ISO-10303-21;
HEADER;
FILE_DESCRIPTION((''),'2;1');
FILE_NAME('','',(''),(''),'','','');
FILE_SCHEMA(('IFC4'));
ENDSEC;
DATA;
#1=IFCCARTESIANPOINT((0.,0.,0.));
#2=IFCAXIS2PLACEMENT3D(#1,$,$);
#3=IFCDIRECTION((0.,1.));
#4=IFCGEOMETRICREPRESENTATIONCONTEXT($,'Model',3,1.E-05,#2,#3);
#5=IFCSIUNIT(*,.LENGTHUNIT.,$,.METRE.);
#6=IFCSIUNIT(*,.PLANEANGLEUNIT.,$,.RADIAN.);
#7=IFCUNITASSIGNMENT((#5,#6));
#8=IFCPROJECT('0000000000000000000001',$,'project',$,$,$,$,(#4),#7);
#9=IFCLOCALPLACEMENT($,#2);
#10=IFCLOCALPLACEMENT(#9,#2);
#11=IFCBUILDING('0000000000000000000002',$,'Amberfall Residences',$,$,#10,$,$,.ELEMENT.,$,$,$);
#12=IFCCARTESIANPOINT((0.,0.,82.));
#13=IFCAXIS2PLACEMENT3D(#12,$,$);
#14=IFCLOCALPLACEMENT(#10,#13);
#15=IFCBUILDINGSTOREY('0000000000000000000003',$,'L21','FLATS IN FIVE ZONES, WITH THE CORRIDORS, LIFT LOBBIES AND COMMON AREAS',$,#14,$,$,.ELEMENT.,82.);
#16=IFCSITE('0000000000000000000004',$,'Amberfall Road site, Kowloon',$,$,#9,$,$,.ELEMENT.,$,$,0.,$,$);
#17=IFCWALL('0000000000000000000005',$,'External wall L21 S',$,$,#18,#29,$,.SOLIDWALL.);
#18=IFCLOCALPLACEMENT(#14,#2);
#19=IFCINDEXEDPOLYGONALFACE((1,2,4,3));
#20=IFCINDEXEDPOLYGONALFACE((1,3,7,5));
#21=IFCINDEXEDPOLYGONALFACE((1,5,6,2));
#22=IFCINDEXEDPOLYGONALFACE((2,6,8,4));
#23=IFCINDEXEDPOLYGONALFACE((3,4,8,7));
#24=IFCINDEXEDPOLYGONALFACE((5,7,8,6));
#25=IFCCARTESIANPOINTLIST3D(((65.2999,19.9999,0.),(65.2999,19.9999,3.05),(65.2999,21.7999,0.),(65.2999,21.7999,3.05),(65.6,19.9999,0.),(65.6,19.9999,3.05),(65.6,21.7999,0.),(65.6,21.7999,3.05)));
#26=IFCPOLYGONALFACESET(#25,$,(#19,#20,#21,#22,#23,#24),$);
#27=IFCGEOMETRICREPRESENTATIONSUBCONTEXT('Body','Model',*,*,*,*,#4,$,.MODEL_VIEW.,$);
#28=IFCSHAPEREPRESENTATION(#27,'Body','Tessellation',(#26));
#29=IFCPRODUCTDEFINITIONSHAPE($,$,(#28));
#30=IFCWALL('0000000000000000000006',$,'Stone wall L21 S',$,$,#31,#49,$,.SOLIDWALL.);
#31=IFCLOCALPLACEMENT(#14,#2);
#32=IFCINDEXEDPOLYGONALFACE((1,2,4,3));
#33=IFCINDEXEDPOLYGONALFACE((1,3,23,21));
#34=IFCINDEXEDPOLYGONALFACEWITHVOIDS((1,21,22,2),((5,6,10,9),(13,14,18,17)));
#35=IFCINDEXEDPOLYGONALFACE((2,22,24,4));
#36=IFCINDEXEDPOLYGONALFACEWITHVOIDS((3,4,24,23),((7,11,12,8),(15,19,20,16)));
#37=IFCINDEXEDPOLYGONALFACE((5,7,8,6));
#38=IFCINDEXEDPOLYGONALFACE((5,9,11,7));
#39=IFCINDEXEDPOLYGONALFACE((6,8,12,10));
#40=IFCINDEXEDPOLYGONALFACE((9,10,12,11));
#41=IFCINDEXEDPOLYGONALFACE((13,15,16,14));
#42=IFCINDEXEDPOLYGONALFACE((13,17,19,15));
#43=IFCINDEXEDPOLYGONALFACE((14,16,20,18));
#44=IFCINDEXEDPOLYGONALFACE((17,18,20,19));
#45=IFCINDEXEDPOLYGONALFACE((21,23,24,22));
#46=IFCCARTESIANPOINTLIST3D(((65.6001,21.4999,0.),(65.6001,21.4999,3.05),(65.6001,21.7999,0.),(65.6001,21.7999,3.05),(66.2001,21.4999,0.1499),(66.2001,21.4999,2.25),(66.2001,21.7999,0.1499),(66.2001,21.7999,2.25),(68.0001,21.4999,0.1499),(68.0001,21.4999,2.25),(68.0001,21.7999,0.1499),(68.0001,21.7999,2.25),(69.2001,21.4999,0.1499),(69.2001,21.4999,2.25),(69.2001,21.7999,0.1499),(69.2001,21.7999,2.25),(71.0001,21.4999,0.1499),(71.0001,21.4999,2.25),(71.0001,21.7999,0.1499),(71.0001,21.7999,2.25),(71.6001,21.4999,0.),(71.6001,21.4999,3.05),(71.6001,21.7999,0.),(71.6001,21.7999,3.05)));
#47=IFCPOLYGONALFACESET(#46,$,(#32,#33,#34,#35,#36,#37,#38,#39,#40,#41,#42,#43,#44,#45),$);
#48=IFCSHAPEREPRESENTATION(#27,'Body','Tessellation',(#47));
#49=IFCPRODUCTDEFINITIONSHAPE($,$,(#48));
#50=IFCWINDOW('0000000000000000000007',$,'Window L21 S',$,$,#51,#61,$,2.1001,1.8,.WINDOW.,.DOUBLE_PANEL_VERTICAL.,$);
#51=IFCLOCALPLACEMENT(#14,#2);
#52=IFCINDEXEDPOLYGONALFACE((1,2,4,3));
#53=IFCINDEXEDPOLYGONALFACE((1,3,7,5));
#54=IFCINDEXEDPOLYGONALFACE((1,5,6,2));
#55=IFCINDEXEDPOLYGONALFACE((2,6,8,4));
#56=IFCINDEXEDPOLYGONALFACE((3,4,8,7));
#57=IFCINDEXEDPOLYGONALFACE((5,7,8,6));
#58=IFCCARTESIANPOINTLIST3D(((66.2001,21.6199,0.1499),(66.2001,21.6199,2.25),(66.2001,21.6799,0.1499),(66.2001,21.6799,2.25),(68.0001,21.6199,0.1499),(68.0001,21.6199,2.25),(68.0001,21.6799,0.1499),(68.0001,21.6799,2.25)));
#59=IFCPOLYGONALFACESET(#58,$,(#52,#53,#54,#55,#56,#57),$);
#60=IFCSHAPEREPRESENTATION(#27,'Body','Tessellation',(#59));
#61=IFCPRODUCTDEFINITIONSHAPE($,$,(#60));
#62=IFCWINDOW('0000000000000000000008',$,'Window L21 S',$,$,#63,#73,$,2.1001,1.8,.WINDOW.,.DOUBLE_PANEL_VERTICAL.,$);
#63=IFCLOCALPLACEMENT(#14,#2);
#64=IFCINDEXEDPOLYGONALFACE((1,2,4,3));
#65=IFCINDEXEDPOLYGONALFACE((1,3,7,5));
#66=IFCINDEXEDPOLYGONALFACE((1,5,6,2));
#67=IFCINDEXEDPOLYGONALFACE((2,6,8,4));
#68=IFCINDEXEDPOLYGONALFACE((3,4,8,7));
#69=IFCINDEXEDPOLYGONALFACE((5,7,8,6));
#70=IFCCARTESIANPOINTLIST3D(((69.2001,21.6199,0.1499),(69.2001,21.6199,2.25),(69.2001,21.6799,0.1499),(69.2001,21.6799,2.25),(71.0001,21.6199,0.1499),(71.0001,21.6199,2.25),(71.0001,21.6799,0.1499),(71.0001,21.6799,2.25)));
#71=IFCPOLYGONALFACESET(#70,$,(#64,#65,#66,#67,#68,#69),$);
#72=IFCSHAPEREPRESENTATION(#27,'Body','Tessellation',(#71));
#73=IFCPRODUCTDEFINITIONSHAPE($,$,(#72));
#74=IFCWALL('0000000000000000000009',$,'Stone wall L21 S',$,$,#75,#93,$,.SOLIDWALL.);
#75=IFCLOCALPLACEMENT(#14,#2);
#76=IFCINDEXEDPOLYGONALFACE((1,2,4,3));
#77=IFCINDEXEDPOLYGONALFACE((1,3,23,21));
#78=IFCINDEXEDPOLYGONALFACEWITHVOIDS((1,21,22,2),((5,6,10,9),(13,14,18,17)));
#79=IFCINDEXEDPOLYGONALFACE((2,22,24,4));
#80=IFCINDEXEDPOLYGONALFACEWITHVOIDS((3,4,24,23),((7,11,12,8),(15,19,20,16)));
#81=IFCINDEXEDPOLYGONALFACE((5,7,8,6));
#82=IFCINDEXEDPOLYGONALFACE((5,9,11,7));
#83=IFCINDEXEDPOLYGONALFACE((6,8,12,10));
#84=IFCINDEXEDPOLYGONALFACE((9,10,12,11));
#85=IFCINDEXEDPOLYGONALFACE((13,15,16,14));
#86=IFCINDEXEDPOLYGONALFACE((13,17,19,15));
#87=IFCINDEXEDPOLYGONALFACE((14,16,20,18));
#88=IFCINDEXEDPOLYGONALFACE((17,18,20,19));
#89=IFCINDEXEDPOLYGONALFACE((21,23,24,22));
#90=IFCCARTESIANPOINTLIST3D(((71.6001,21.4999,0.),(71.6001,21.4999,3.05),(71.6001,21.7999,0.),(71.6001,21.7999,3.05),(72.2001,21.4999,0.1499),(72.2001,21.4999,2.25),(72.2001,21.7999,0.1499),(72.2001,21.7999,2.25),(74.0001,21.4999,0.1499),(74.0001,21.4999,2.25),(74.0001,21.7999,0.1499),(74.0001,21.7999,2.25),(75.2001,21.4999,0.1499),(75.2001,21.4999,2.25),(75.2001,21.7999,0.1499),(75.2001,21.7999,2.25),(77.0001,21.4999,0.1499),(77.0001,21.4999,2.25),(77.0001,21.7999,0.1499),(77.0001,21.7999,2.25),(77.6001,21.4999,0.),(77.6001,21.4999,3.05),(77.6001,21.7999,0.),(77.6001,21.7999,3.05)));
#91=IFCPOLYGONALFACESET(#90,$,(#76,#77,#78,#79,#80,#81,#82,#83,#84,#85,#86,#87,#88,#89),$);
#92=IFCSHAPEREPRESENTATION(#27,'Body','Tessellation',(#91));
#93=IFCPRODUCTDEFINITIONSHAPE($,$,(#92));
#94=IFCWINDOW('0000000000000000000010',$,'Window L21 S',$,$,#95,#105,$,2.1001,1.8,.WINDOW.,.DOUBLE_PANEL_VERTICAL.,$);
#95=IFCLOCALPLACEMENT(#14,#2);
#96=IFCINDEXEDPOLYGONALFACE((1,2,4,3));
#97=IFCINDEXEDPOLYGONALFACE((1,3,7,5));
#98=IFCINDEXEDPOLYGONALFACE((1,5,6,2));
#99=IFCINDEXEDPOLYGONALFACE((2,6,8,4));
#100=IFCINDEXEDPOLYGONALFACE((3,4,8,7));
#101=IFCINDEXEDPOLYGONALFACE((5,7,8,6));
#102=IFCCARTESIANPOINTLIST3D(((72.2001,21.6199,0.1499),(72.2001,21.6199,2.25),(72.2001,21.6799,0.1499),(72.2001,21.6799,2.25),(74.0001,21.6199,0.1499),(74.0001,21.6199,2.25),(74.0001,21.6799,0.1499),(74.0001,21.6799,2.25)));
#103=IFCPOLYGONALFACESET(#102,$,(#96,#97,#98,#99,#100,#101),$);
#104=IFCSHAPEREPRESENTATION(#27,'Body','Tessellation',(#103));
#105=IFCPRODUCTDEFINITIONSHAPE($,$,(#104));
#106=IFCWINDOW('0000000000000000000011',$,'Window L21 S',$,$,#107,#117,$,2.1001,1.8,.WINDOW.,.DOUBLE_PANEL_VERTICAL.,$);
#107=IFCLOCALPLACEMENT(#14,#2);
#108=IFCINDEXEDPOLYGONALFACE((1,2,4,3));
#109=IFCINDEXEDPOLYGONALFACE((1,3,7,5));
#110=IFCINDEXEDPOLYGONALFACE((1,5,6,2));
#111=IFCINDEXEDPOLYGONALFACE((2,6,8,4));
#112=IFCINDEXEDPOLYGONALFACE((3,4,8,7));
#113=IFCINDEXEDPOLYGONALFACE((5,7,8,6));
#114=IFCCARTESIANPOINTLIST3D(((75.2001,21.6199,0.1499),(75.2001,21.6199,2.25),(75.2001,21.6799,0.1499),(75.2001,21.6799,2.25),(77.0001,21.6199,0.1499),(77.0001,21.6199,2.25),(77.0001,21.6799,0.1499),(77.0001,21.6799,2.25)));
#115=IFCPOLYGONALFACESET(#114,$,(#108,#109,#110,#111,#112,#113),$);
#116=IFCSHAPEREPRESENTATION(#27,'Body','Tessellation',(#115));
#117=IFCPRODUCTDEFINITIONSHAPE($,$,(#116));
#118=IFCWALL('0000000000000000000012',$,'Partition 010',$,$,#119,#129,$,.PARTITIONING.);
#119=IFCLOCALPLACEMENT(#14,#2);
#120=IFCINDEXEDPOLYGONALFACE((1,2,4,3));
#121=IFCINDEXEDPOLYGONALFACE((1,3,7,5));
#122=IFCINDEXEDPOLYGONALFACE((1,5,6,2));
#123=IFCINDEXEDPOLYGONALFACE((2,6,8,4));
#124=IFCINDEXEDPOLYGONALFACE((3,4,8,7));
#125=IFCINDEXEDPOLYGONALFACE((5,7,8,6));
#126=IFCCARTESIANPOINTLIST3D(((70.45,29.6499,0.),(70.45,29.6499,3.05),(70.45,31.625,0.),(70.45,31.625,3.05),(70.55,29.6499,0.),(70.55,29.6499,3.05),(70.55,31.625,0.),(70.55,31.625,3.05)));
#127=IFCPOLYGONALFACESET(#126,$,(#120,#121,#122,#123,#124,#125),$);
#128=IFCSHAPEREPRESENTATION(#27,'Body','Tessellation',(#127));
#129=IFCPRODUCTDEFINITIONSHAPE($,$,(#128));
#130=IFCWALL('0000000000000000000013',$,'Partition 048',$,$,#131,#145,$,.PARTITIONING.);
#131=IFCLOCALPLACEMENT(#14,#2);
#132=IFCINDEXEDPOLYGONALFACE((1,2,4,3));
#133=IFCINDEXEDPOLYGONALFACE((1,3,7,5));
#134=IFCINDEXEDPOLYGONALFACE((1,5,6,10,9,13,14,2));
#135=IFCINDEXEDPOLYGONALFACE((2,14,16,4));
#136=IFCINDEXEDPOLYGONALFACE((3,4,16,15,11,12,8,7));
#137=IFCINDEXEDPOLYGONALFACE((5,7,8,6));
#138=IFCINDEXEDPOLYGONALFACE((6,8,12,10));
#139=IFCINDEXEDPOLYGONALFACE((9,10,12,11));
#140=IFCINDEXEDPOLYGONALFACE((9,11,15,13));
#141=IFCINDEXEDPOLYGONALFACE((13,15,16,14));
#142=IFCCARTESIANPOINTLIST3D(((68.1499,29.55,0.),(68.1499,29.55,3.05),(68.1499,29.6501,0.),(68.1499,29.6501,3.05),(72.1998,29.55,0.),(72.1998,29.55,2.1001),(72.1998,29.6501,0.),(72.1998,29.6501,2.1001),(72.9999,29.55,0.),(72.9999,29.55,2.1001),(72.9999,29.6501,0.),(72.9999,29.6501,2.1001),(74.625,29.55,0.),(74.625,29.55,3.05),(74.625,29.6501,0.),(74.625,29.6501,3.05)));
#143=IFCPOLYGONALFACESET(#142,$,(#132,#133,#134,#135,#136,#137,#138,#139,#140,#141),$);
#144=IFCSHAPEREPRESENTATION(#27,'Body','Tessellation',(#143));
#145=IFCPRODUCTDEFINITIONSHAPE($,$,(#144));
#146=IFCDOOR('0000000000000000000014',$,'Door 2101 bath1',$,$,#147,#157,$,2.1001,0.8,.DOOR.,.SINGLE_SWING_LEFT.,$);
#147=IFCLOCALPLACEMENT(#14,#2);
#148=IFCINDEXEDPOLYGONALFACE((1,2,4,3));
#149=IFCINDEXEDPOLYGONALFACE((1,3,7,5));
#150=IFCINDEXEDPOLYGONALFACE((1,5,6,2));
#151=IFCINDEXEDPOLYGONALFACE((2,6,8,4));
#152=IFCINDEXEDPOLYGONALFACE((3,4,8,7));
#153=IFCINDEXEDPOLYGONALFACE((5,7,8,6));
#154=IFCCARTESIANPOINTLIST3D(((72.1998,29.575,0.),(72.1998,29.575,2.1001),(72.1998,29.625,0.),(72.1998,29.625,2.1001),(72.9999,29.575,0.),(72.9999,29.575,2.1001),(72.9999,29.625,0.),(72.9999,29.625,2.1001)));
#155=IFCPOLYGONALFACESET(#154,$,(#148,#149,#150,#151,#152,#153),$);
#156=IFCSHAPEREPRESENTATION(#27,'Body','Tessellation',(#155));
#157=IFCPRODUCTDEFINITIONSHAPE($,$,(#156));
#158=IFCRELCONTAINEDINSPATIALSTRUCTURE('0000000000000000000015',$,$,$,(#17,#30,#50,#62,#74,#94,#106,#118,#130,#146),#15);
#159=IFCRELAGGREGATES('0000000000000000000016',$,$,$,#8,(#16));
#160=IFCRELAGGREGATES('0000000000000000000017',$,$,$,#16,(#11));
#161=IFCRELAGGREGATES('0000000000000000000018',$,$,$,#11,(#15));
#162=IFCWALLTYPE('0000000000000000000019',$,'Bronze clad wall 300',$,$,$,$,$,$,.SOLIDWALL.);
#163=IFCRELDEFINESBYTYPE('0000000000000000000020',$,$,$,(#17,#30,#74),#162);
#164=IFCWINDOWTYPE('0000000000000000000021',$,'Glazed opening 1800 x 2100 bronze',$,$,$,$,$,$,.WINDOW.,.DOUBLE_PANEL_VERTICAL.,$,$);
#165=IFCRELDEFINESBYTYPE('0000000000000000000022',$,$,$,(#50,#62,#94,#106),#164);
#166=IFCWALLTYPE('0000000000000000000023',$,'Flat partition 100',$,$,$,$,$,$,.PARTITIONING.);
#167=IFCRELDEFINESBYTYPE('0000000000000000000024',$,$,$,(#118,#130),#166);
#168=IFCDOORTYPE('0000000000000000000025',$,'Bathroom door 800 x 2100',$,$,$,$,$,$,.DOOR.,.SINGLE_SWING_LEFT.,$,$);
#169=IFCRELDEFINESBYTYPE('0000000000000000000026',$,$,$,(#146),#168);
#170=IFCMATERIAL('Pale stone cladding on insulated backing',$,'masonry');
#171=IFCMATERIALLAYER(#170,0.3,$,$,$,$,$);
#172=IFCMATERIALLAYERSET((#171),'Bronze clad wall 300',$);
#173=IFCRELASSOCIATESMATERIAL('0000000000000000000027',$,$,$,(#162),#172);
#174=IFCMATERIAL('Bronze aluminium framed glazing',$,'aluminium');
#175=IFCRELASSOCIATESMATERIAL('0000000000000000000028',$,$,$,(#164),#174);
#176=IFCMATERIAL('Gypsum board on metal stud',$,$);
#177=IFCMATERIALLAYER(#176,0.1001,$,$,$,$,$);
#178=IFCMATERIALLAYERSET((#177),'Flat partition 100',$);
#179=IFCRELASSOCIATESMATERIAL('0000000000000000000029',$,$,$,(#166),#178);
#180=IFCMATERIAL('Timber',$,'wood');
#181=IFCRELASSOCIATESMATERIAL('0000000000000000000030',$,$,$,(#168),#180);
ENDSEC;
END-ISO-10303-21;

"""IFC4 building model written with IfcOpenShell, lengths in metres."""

from ifc_helpers import new_model, si_unit, direction, frame, frame_2d, origin, place, context, subcontext, project, spatial, rectangle, extrude, material, layer, layer_set, type_object, element, fill, save


model = new_model("IFC4")

# Units and contexts
model_context = context("Model", 3, precision=1e-05, world=origin(), true_north=direction((0.0, 1.0)))
body_context = subcontext(model_context, "Body", "Model", "MODEL_VIEW")
ifc_project = project(units=[si_unit("LENGTHUNIT", "METRE"), si_unit("PLANEANGLEUNIT", "RADIAN")], contexts=[model_context])

# Site, building, storey
site_placement = place(None, origin())
site = spatial("IfcSite", under=ifc_project, at=site_placement, Name="Amberfall Road site, Kowloon", CompositionType="ELEMENT", RefElevation=0.0)
building_placement = place(site_placement, origin())
building = spatial("IfcBuilding", under=site, at=building_placement, Name="Amberfall Residences", CompositionType="ELEMENT")
storey_placement = place(building_placement, frame((0.0, 0.0, 82.0)))
storey = spatial("IfcBuildingStorey", under=building, at=storey_placement, Name="L21", Description="FLATS IN FIVE ZONES, WITH THE CORRIDORS, LIFT LOBBIES AND COMMON AREAS", CompositionType="ELEMENT", Elevation=82.0)

# Wall
ifc_material_1 = material(Name="Pale stone cladding on insulated backing", Category="masonry")
ifc_layer_1 = layer(ifc_material_1, 0.3)
ifc_layer_set_1 = layer_set([ifc_layer_1], Name="Bronze clad wall 300")
wall_type_1 = type_object("IfcWallType", Name="Bronze clad wall 300", PredefinedType="SOLIDWALL", material=ifc_layer_set_1)
wall_1_placement = place(storey_placement, frame((65.45, 20.0, 0.0), z_axis=(0.0, 0.0, 1.0), x_axis=(0.0, 1.0, 0.0)))
element("IfcWall", 1, at=wall_1_placement, inside=storey, type_object=wall_type_1, Name="External wall L21 S", PredefinedType="SOLIDWALL", context=body_context, shape_type="SweptSolid", body=[
    extrude(rectangle(XDim=1.8, YDim=0.3, at=frame_2d((0.8999, 0.0))), origin(), (0.0, 0.0, 1.0), 3.05),
])

# Walls, openings, windows
wall_2_placement = place(storey_placement, frame((65.6001, 21.6499, 0.0), z_axis=(0.0, 0.0, 1.0), x_axis=(1.0, 0.0, 0.0)))
wall_2 = element("IfcWall", 2, at=wall_2_placement, inside=storey, type_object=wall_type_1, Name="Stone wall L21 S", PredefinedType="SOLIDWALL", context=body_context, shape_type="SweptSolid", body=[
    extrude(rectangle(XDim=6.0, YDim=0.3, at=frame_2d((3.0, 0.0))), origin(), (0.0, 0.0, 1.0), 3.05),
])
opening_1_placement = place(wall_2_placement, frame((0.6001, 0.0, 0.1499)))
opening_1 = element("IfcOpeningElement", 3, at=opening_1_placement, cuts=wall_2, PredefinedType="OPENING", context=body_context, shape_type="SweptSolid", body=[
    extrude(rectangle(XDim=1.8, YDim=2.1001, at=frame_2d((0.8999, 1.05))), frame((0.0, 0.1599, 0.0), z_axis=(0.0, -1.0, 0.0), x_axis=(1.0, 0.0, 0.0)), (0.0, 0.0, 1.0), 0.3201),
])
opening_2_placement = place(wall_2_placement, frame((3.6001, 0.0, 0.1499)))
opening_2 = element("IfcOpeningElement", 4, at=opening_2_placement, cuts=wall_2, PredefinedType="OPENING", context=body_context, shape_type="SweptSolid", body=[
    extrude(rectangle(XDim=1.8, YDim=2.1001, at=frame_2d((0.8999, 1.05))), frame((0.0, 0.1599, 0.0), z_axis=(0.0, -1.0, 0.0), x_axis=(1.0, 0.0, 0.0)), (0.0, 0.0, 1.0), 0.3201),
])
ifc_material_2 = material(Name="Bronze aluminium framed glazing", Category="aluminium")
window_type = type_object("IfcWindowType", Name="Glazed opening 1800 x 2100 bronze", PartitioningType="DOUBLE_PANEL_VERTICAL", PredefinedType="WINDOW", material=ifc_material_2)
window_1_placement = place(opening_1_placement, origin())
window_1 = element("IfcWindow", 5, at=window_1_placement, inside=storey, type_object=window_type, Name="Window L21 S", OverallHeight=2.1001, OverallWidth=1.8, PartitioningType="DOUBLE_PANEL_VERTICAL", PredefinedType="WINDOW", context=body_context, shape_type="SweptSolid", body=[
    extrude(rectangle(XDim=1.8, YDim=2.1001, at=frame_2d((0.8999, 1.05))), frame((0.0, 0.03, 0.0), z_axis=(0.0, -1.0, 0.0), x_axis=(1.0, 0.0, 0.0)), (0.0, 0.0, 1.0), 0.0601),
])
fill(opening_1, window_1)
window_2_placement = place(opening_2_placement, origin())
window_2 = element("IfcWindow", 6, at=window_2_placement, inside=storey, type_object=window_type, Name="Window L21 S", OverallHeight=2.1001, OverallWidth=1.8, PartitioningType="DOUBLE_PANEL_VERTICAL", PredefinedType="WINDOW", context=body_context, shape_type="SweptSolid", body=[
    extrude(rectangle(XDim=1.8, YDim=2.1001, at=frame_2d((0.8999, 1.05))), frame((0.0, 0.03, 0.0), z_axis=(0.0, -1.0, 0.0), x_axis=(1.0, 0.0, 0.0)), (0.0, 0.0, 1.0), 0.0601),
])
fill(opening_2, window_2)
wall_3_placement = place(storey_placement, frame((71.6001, 21.6499, 0.0), z_axis=(0.0, 0.0, 1.0), x_axis=(1.0, 0.0, 0.0)))
wall_3 = element("IfcWall", 7, at=wall_3_placement, inside=storey, type_object=wall_type_1, Name="Stone wall L21 S", PredefinedType="SOLIDWALL", context=body_context, shape_type="SweptSolid", body=[
    extrude(rectangle(XDim=6.0, YDim=0.3, at=frame_2d((3.0, 0.0))), origin(), (0.0, 0.0, 1.0), 3.05),
])
opening_3_placement = place(wall_3_placement, frame((0.6001, 0.0, 0.1499)))
opening_3 = element("IfcOpeningElement", 8, at=opening_3_placement, cuts=wall_3, PredefinedType="OPENING", context=body_context, shape_type="SweptSolid", body=[
    extrude(rectangle(XDim=1.8, YDim=2.1001, at=frame_2d((0.8999, 1.05))), frame((0.0, 0.1599, 0.0), z_axis=(0.0, -1.0, 0.0), x_axis=(1.0, 0.0, 0.0)), (0.0, 0.0, 1.0), 0.3201),
])
opening_4_placement = place(wall_3_placement, frame((3.6001, 0.0, 0.1499)))
opening_4 = element("IfcOpeningElement", 9, at=opening_4_placement, cuts=wall_3, PredefinedType="OPENING", context=body_context, shape_type="SweptSolid", body=[
    extrude(rectangle(XDim=1.8, YDim=2.1001, at=frame_2d((0.8999, 1.05))), frame((0.0, 0.1599, 0.0), z_axis=(0.0, -1.0, 0.0), x_axis=(1.0, 0.0, 0.0)), (0.0, 0.0, 1.0), 0.3201),
])
window_3_placement = place(opening_3_placement, origin())
window_3 = element("IfcWindow", 10, at=window_3_placement, inside=storey, type_object=window_type, Name="Window L21 S", OverallHeight=2.1001, OverallWidth=1.8, PartitioningType="DOUBLE_PANEL_VERTICAL", PredefinedType="WINDOW", context=body_context, shape_type="SweptSolid", body=[
    extrude(rectangle(XDim=1.8, YDim=2.1001, at=frame_2d((0.8999, 1.05))), frame((0.0, 0.03, 0.0), z_axis=(0.0, -1.0, 0.0), x_axis=(1.0, 0.0, 0.0)), (0.0, 0.0, 1.0), 0.0601),
])
fill(opening_3, window_3)
window_4_placement = place(opening_4_placement, origin())
window_4 = element("IfcWindow", 11, at=window_4_placement, inside=storey, type_object=window_type, Name="Window L21 S", OverallHeight=2.1001, OverallWidth=1.8, PartitioningType="DOUBLE_PANEL_VERTICAL", PredefinedType="WINDOW", context=body_context, shape_type="SweptSolid", body=[
    extrude(rectangle(XDim=1.8, YDim=2.1001, at=frame_2d((0.8999, 1.05))), frame((0.0, 0.03, 0.0), z_axis=(0.0, -1.0, 0.0), x_axis=(1.0, 0.0, 0.0)), (0.0, 0.0, 1.0), 0.0601),
])
fill(opening_4, window_4)

# Wall
ifc_material_3 = material(Name="Gypsum board on metal stud")
ifc_layer_2 = layer(ifc_material_3, 0.1001)
ifc_layer_set_2 = layer_set([ifc_layer_2], Name="Flat partition 100")
wall_type_2 = type_object("IfcWallType", Name="Flat partition 100", PredefinedType="PARTITIONING", material=ifc_layer_set_2)
wall_4_placement = place(storey_placement, frame((70.5, 29.6499, 0.0), z_axis=(0.0, 0.0, 1.0), x_axis=(0.0, 1.0, 0.0)))
element("IfcWall", 12, at=wall_4_placement, inside=storey, type_object=wall_type_2, Name="Partition 010", PredefinedType="PARTITIONING", context=body_context, shape_type="SweptSolid", body=[
    extrude(rectangle(XDim=1.9751, YDim=0.1001, at=frame_2d((0.9875, 0.0))), origin(), (0.0, 0.0, 1.0), 3.05),
])

# Wall, opening, door
wall_5_placement = place(storey_placement, frame((68.1499, 29.6001, 0.0), z_axis=(0.0, 0.0, 1.0), x_axis=(1.0, 0.0, 0.0)))
wall_5 = element("IfcWall", 13, at=wall_5_placement, inside=storey, type_object=wall_type_2, Name="Partition 048", PredefinedType="PARTITIONING", context=body_context, shape_type="SweptSolid", body=[
    extrude(rectangle(XDim=6.4751, YDim=0.1001, at=frame_2d((3.2375, 0.0))), origin(), (0.0, 0.0, 1.0), 3.05),
])
opening_5_placement = place(wall_5_placement, frame((4.05, 0.0, 0.0)))
opening_5 = element("IfcOpeningElement", 14, at=opening_5_placement, cuts=wall_5, PredefinedType="OPENING", context=body_context, shape_type="SweptSolid", body=[
    extrude(rectangle(XDim=0.8, YDim=2.1001, at=frame_2d((0.3999, 1.05))), frame((0.0, 0.0601, 0.0), z_axis=(0.0, -1.0, 0.0), x_axis=(1.0, 0.0, 0.0)), (0.0, 0.0, 1.0), 0.1201),
])
ifc_material_4 = material(Name="Timber", Category="wood")
door_type_1 = type_object("IfcDoorType", Name="Bathroom door 800 x 2100", OperationType="SINGLE_SWING_LEFT", PredefinedType="DOOR", material=ifc_material_4)
door_1_placement = place(opening_5_placement, origin())
door_1 = element("IfcDoor", 15, at=door_1_placement, inside=storey, type_object=door_type_1, Name="Door 2101 bath1", OperationType="SINGLE_SWING_LEFT", OverallHeight=2.1001, OverallWidth=0.8, PredefinedType="DOOR", context=body_context, shape_type="SweptSolid", body=[
    extrude(rectangle(XDim=0.8, YDim=2.1001, at=frame_2d((0.3999, 1.05))), frame((0.0, 0.0249, 0.0), z_axis=(0.0, -1.0, 0.0), x_axis=(1.0, 0.0, 0.0)), (0.0, 0.0, 1.0), 0.05),
])
fill(opening_5, door_1)

save(model, "model.ifc")
